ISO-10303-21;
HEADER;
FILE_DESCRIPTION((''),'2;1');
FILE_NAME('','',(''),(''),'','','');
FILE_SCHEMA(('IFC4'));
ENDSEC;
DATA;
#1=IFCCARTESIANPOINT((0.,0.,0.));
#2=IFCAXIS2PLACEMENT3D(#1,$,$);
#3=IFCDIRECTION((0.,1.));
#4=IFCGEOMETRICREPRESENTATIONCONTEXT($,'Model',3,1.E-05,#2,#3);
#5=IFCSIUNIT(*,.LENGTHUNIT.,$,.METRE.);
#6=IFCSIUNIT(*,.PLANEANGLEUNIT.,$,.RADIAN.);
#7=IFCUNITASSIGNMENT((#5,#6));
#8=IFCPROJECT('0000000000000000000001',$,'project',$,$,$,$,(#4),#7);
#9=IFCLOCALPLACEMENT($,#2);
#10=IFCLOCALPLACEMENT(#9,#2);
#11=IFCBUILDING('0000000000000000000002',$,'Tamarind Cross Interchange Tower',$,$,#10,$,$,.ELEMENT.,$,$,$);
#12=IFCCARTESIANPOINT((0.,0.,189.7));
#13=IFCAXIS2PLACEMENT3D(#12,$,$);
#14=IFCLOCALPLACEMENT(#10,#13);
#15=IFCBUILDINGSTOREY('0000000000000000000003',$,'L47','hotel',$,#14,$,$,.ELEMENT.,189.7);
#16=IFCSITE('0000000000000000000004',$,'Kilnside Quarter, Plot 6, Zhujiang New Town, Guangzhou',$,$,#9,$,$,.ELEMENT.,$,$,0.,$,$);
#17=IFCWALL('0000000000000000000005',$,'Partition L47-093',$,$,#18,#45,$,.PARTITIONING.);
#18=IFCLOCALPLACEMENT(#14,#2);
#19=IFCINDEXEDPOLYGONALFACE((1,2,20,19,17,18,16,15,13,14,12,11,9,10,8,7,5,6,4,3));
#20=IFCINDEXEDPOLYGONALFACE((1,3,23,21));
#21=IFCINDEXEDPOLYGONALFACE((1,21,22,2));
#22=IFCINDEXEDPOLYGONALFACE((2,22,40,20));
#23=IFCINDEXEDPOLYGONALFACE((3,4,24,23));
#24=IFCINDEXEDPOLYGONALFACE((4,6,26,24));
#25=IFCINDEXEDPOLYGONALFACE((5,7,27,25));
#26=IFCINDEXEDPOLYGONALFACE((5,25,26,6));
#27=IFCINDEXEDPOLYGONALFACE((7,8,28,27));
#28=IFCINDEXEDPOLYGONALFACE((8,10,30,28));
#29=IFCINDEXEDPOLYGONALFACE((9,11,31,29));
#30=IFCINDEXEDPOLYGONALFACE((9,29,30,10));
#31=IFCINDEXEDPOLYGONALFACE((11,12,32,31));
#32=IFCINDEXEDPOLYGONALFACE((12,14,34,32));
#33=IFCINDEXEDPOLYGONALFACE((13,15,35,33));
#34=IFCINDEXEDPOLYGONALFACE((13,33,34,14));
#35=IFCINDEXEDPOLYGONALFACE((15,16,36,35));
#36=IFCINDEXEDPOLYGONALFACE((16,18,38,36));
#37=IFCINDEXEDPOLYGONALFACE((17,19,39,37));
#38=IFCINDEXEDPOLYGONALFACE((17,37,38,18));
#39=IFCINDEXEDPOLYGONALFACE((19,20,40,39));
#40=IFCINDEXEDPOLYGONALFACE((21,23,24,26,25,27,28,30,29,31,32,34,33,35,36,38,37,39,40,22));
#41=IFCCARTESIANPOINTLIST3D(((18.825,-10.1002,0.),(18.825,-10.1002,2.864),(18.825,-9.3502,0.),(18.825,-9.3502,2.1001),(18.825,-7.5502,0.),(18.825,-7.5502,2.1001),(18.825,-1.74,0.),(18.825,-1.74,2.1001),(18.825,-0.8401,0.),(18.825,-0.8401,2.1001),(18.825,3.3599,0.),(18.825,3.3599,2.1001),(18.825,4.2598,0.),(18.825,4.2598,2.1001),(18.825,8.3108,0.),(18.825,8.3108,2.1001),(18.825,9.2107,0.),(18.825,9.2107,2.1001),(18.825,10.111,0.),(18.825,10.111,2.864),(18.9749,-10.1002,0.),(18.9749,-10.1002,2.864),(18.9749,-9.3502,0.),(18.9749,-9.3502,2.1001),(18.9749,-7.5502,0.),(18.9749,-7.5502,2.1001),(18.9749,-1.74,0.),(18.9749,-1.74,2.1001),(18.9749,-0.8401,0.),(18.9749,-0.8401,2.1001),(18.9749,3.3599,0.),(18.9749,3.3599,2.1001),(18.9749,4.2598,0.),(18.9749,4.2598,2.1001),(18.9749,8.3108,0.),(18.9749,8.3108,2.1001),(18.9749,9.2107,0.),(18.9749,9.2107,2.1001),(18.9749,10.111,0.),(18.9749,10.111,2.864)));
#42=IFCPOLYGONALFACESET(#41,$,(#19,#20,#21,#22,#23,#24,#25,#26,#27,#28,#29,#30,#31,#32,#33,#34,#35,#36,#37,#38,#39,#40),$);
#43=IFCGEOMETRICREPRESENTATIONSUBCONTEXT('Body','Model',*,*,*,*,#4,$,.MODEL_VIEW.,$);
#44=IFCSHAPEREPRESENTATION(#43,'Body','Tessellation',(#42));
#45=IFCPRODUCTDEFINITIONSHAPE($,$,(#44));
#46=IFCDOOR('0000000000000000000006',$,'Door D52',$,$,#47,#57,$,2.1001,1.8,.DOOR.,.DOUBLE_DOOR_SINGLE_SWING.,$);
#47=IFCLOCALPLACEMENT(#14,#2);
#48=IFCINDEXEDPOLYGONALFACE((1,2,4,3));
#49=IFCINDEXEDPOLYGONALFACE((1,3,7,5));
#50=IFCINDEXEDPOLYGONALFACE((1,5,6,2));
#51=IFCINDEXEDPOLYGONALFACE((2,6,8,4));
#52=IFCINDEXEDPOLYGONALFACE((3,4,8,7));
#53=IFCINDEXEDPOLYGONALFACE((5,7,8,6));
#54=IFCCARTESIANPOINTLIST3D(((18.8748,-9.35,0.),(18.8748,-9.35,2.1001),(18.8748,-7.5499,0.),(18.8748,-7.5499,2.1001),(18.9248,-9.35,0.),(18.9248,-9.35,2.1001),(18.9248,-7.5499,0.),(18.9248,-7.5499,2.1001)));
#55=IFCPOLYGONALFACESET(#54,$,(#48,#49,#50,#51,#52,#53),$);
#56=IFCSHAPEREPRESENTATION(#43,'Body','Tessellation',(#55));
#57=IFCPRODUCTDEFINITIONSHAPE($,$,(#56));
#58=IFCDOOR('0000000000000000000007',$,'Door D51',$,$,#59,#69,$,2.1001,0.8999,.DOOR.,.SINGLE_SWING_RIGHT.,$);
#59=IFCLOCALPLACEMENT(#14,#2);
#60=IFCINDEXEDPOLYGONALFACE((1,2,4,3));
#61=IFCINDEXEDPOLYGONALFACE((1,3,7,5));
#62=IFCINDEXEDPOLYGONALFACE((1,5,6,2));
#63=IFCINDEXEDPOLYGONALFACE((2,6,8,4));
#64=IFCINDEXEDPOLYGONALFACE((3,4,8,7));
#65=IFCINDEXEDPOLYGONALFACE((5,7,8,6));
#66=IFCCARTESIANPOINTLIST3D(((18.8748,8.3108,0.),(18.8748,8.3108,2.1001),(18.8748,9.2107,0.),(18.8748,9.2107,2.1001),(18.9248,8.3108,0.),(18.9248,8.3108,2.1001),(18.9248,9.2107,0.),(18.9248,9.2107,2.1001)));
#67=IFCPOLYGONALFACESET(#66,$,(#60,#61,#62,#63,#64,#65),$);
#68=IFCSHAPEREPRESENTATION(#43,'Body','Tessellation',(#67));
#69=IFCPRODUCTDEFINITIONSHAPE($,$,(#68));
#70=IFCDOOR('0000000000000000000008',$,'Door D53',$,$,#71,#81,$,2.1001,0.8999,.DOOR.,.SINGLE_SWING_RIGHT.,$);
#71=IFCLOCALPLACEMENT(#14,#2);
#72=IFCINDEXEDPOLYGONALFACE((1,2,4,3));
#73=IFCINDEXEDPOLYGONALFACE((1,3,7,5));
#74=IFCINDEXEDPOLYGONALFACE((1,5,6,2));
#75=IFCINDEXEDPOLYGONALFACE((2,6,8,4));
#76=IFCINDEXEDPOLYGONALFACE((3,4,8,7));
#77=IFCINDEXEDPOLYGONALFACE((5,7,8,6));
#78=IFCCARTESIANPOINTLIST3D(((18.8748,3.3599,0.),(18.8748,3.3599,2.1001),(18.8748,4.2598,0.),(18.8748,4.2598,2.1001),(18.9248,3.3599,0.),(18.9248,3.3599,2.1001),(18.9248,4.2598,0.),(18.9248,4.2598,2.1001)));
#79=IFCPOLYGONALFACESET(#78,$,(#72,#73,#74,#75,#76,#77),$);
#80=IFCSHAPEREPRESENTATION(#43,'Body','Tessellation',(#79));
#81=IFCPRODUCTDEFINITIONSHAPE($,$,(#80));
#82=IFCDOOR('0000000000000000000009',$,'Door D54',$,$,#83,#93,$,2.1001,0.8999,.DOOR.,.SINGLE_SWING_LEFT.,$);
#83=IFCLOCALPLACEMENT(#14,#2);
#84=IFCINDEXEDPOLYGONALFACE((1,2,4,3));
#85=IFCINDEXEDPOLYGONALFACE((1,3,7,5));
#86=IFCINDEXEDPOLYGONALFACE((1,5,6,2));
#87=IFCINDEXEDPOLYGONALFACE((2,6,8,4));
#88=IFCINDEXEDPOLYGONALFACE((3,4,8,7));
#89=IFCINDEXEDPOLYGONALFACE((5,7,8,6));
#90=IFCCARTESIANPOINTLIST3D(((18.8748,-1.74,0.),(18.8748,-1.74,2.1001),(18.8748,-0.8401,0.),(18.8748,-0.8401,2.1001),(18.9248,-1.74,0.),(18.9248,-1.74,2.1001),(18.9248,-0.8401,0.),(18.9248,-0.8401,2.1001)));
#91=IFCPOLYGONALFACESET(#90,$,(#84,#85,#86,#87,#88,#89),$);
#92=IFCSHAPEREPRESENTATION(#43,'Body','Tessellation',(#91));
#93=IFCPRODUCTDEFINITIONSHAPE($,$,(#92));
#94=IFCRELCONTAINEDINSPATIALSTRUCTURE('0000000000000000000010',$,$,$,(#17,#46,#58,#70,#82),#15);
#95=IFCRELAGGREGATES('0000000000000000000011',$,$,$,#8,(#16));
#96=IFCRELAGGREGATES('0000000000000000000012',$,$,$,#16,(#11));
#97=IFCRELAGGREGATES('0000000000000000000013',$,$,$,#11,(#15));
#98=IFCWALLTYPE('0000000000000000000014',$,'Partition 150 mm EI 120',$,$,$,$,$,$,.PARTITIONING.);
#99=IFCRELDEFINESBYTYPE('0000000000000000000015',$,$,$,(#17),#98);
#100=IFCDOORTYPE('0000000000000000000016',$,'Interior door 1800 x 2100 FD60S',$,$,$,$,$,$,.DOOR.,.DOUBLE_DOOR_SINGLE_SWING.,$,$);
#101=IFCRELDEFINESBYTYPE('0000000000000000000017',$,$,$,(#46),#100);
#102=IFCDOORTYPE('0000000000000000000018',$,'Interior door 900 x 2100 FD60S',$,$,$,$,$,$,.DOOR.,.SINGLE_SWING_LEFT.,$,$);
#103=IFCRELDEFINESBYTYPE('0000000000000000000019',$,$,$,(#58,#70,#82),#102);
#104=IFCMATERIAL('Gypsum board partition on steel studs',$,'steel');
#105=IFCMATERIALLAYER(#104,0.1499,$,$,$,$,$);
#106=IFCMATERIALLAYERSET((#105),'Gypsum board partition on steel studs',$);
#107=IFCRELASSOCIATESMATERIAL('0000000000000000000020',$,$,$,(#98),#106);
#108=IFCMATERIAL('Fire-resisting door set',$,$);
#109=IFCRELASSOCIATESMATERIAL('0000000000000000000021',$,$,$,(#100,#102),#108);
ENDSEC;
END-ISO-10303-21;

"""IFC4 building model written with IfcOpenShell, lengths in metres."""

from ifc_helpers import new_model, si_unit, direction, frame, frame_2d, origin, place, context, subcontext, project, spatial, rectangle, extrude, material, layer, layer_set, type_object, element, fill, save


model = new_model("IFC4")

# Units and contexts
model_context = context("Model", 3, precision=1e-05, world=origin(), true_north=direction((0.0, 1.0)))
body_context = subcontext(model_context, "Body", "Model", "MODEL_VIEW")
ifc_project = project(units=[si_unit("LENGTHUNIT", "METRE"), si_unit("PLANEANGLEUNIT", "RADIAN")], contexts=[model_context])

# Site, building, storey
site_placement = place(None, origin())
site = spatial("IfcSite", under=ifc_project, at=site_placement, Name="Kilnside Quarter, Plot 6, Zhujiang New Town, Guangzhou", CompositionType="ELEMENT", RefElevation=0.0)
building_placement = place(site_placement, origin())
building = spatial("IfcBuilding", under=site, at=building_placement, Name="Tamarind Cross Interchange Tower", CompositionType="ELEMENT")
storey_placement = place(building_placement, frame((0.0, 0.0, 189.7)))
storey = spatial("IfcBuildingStorey", under=building, at=storey_placement, Name="L47", Description="hotel", CompositionType="ELEMENT", Elevation=189.7)

# Shared definitions
ifc_material_1 = material(Name="Gypsum board partition on steel studs", Category="steel")
ifc_layer_1 = layer(ifc_material_1, 0.1499)
ifc_layer_set_1 = layer_set([ifc_layer_1], Name="Gypsum board partition on steel studs")
wall_type_1 = type_object("IfcWallType", Name="Partition 150 mm EI 120", PredefinedType="PARTITIONING", material=ifc_layer_set_1)

# Wall, openings, doors
wall_1_placement = place(storey_placement, frame((18.8999, -10.1001, 0.0), z_axis=(0.0, 0.0, 1.0), x_axis=(0.0, 1.0, 0.0)))
wall_1 = element("IfcWall", 1, at=wall_1_placement, inside=storey, type_object=wall_type_1, Name="Partition L47-093", PredefinedType="PARTITIONING", context=body_context, shape_type="SweptSolid", body=[
    extrude(rectangle(XDim=20.2112, YDim=0.1499, at=frame_2d((10.1055, 0.0))), origin(), (0.0, 0.0, 1.0), 2.864),
])
opening_1_placement = place(wall_1_placement, frame((18.4109, 0.0, 0.0)))
opening_1 = element("IfcOpeningElement", 2, at=opening_1_placement, cuts=wall_1, PredefinedType="OPENING", context=body_context, shape_type="SweptSolid", body=[
    extrude(rectangle(XDim=0.8999, YDim=2.1001, at=frame_2d((0.45, 1.05))), frame((0.0, 0.085, 0.0), z_axis=(0.0, -1.0, 0.0), x_axis=(1.0, 0.0, 0.0)), (0.0, 0.0, 1.0), 0.1699),
])
opening_2_placement = place(wall_1_placement, frame((0.75, 0.0, 0.0)))
opening_2 = element("IfcOpeningElement", 3, at=opening_2_placement, cuts=wall_1, PredefinedType="OPENING", context=body_context, shape_type="SweptSolid", body=[
    extrude(rectangle(XDim=1.8, YDim=2.1001, at=frame_2d((0.8999, 1.05))), frame((0.0, 0.085, 0.0), z_axis=(0.0, -1.0, 0.0), x_axis=(1.0, 0.0, 0.0)), (0.0, 0.0, 1.0), 0.1699),
])
opening_3_placement = place(wall_1_placement, frame((13.46, 0.0, 0.0)))
opening_3 = element("IfcOpeningElement", 4, at=opening_3_placement, cuts=wall_1, PredefinedType="OPENING", context=body_context, shape_type="SweptSolid", body=[
    extrude(rectangle(XDim=0.8999, YDim=2.1001, at=frame_2d((0.45, 1.05))), frame((0.0, 0.085, 0.0), z_axis=(0.0, -1.0, 0.0), x_axis=(1.0, 0.0, 0.0)), (0.0, 0.0, 1.0), 0.1699),
])
opening_4_placement = place(wall_1_placement, frame((8.3601, 0.0, 0.0)))
opening_4 = element("IfcOpeningElement", 5, at=opening_4_placement, cuts=wall_1, PredefinedType="OPENING", context=body_context, shape_type="SweptSolid", body=[
    extrude(rectangle(XDim=0.8999, YDim=2.1001, at=frame_2d((0.45, 1.05))), frame((0.0, 0.085, 0.0), z_axis=(0.0, -1.0, 0.0), x_axis=(1.0, 0.0, 0.0)), (0.0, 0.0, 1.0), 0.1699),
])
ifc_material_2 = material(Name="Fire-resisting door set")
door_type_1 = type_object("IfcDoorType", Name="Interior door 1800 x 2100 FD60S", OperationType="DOUBLE_DOOR_SINGLE_SWING", PredefinedType="DOOR", material=ifc_material_2)
door_1_placement = place(opening_2_placement, frame((1.8, 0.0, 0.0), z_axis=(0.0, 0.0, 1.0), x_axis=(-1.0, 0.0, 0.0)))
door_1 = element("IfcDoor", 6, at=door_1_placement, inside=storey, type_object=door_type_1, Name="Door D52", OperationType="DOUBLE_DOOR_SINGLE_SWING", OverallHeight=2.1001, OverallWidth=1.8, PredefinedType="DOOR", context=body_context, shape_type="SweptSolid", body=[
    extrude(rectangle(XDim=1.8, YDim=2.1001, at=frame_2d((0.8999, 1.05))), frame((0.0, 0.0249, 0.0), z_axis=(0.0, -1.0, 0.0), x_axis=(1.0, 0.0, 0.0)), (0.0, 0.0, 1.0), 0.05),
])
fill(opening_2, door_1)
door_type_2 = type_object("IfcDoorType", Name="Interior door 900 x 2100 FD60S", OperationType="SINGLE_SWING_LEFT", PredefinedType="DOOR", material=ifc_material_2)
door_2_placement = place(opening_1_placement, frame((0.8999, 0.0, 0.0), z_axis=(0.0, 0.0, 1.0), x_axis=(-1.0, 0.0, 0.0)))
door_2 = element("IfcDoor", 7, at=door_2_placement, inside=storey, type_object=door_type_2, Name="Door D51", OperationType="SINGLE_SWING_RIGHT", OverallHeight=2.1001, OverallWidth=0.8999, PredefinedType="DOOR", context=body_context, shape_type="SweptSolid", body=[
    extrude(rectangle(XDim=0.8999, YDim=2.1001, at=frame_2d((0.45, 1.05))), frame((0.0, 0.0249, 0.0), z_axis=(0.0, -1.0, 0.0), x_axis=(1.0, 0.0, 0.0)), (0.0, 0.0, 1.0), 0.05),
])
fill(opening_1, door_2)
door_3_placement = place(opening_3_placement, frame((0.8999, 0.0, 0.0), z_axis=(0.0, 0.0, 1.0), x_axis=(-1.0, 0.0, 0.0)))
door_3 = element("IfcDoor", 8, at=door_3_placement, inside=storey, type_object=door_type_2, Name="Door D53", OperationType="SINGLE_SWING_RIGHT", OverallHeight=2.1001, OverallWidth=0.8999, PredefinedType="DOOR", context=body_context, shape_type="SweptSolid", body=[
    extrude(rectangle(XDim=0.8999, YDim=2.1001, at=frame_2d((0.45, 1.05))), frame((0.0, 0.0249, 0.0), z_axis=(0.0, -1.0, 0.0), x_axis=(1.0, 0.0, 0.0)), (0.0, 0.0, 1.0), 0.05),
])
fill(opening_3, door_3)
door_4_placement = place(opening_4_placement, frame((0.8999, 0.0, 0.0), z_axis=(0.0, 0.0, 1.0), x_axis=(-1.0, 0.0, 0.0)))
door_4 = element("IfcDoor", 9, at=door_4_placement, inside=storey, type_object=door_type_2, Name="Door D54", OperationType="SINGLE_SWING_LEFT", OverallHeight=2.1001, OverallWidth=0.8999, PredefinedType="DOOR", context=body_context, shape_type="SweptSolid", body=[
    extrude(rectangle(XDim=0.8999, YDim=2.1001, at=frame_2d((0.45, 1.05))), frame((0.0, 0.0249, 0.0), z_axis=(0.0, -1.0, 0.0), x_axis=(1.0, 0.0, 0.0)), (0.0, 0.0, 1.0), 0.05),
])
fill(opening_4, door_4)

save(model, "model.ifc")
